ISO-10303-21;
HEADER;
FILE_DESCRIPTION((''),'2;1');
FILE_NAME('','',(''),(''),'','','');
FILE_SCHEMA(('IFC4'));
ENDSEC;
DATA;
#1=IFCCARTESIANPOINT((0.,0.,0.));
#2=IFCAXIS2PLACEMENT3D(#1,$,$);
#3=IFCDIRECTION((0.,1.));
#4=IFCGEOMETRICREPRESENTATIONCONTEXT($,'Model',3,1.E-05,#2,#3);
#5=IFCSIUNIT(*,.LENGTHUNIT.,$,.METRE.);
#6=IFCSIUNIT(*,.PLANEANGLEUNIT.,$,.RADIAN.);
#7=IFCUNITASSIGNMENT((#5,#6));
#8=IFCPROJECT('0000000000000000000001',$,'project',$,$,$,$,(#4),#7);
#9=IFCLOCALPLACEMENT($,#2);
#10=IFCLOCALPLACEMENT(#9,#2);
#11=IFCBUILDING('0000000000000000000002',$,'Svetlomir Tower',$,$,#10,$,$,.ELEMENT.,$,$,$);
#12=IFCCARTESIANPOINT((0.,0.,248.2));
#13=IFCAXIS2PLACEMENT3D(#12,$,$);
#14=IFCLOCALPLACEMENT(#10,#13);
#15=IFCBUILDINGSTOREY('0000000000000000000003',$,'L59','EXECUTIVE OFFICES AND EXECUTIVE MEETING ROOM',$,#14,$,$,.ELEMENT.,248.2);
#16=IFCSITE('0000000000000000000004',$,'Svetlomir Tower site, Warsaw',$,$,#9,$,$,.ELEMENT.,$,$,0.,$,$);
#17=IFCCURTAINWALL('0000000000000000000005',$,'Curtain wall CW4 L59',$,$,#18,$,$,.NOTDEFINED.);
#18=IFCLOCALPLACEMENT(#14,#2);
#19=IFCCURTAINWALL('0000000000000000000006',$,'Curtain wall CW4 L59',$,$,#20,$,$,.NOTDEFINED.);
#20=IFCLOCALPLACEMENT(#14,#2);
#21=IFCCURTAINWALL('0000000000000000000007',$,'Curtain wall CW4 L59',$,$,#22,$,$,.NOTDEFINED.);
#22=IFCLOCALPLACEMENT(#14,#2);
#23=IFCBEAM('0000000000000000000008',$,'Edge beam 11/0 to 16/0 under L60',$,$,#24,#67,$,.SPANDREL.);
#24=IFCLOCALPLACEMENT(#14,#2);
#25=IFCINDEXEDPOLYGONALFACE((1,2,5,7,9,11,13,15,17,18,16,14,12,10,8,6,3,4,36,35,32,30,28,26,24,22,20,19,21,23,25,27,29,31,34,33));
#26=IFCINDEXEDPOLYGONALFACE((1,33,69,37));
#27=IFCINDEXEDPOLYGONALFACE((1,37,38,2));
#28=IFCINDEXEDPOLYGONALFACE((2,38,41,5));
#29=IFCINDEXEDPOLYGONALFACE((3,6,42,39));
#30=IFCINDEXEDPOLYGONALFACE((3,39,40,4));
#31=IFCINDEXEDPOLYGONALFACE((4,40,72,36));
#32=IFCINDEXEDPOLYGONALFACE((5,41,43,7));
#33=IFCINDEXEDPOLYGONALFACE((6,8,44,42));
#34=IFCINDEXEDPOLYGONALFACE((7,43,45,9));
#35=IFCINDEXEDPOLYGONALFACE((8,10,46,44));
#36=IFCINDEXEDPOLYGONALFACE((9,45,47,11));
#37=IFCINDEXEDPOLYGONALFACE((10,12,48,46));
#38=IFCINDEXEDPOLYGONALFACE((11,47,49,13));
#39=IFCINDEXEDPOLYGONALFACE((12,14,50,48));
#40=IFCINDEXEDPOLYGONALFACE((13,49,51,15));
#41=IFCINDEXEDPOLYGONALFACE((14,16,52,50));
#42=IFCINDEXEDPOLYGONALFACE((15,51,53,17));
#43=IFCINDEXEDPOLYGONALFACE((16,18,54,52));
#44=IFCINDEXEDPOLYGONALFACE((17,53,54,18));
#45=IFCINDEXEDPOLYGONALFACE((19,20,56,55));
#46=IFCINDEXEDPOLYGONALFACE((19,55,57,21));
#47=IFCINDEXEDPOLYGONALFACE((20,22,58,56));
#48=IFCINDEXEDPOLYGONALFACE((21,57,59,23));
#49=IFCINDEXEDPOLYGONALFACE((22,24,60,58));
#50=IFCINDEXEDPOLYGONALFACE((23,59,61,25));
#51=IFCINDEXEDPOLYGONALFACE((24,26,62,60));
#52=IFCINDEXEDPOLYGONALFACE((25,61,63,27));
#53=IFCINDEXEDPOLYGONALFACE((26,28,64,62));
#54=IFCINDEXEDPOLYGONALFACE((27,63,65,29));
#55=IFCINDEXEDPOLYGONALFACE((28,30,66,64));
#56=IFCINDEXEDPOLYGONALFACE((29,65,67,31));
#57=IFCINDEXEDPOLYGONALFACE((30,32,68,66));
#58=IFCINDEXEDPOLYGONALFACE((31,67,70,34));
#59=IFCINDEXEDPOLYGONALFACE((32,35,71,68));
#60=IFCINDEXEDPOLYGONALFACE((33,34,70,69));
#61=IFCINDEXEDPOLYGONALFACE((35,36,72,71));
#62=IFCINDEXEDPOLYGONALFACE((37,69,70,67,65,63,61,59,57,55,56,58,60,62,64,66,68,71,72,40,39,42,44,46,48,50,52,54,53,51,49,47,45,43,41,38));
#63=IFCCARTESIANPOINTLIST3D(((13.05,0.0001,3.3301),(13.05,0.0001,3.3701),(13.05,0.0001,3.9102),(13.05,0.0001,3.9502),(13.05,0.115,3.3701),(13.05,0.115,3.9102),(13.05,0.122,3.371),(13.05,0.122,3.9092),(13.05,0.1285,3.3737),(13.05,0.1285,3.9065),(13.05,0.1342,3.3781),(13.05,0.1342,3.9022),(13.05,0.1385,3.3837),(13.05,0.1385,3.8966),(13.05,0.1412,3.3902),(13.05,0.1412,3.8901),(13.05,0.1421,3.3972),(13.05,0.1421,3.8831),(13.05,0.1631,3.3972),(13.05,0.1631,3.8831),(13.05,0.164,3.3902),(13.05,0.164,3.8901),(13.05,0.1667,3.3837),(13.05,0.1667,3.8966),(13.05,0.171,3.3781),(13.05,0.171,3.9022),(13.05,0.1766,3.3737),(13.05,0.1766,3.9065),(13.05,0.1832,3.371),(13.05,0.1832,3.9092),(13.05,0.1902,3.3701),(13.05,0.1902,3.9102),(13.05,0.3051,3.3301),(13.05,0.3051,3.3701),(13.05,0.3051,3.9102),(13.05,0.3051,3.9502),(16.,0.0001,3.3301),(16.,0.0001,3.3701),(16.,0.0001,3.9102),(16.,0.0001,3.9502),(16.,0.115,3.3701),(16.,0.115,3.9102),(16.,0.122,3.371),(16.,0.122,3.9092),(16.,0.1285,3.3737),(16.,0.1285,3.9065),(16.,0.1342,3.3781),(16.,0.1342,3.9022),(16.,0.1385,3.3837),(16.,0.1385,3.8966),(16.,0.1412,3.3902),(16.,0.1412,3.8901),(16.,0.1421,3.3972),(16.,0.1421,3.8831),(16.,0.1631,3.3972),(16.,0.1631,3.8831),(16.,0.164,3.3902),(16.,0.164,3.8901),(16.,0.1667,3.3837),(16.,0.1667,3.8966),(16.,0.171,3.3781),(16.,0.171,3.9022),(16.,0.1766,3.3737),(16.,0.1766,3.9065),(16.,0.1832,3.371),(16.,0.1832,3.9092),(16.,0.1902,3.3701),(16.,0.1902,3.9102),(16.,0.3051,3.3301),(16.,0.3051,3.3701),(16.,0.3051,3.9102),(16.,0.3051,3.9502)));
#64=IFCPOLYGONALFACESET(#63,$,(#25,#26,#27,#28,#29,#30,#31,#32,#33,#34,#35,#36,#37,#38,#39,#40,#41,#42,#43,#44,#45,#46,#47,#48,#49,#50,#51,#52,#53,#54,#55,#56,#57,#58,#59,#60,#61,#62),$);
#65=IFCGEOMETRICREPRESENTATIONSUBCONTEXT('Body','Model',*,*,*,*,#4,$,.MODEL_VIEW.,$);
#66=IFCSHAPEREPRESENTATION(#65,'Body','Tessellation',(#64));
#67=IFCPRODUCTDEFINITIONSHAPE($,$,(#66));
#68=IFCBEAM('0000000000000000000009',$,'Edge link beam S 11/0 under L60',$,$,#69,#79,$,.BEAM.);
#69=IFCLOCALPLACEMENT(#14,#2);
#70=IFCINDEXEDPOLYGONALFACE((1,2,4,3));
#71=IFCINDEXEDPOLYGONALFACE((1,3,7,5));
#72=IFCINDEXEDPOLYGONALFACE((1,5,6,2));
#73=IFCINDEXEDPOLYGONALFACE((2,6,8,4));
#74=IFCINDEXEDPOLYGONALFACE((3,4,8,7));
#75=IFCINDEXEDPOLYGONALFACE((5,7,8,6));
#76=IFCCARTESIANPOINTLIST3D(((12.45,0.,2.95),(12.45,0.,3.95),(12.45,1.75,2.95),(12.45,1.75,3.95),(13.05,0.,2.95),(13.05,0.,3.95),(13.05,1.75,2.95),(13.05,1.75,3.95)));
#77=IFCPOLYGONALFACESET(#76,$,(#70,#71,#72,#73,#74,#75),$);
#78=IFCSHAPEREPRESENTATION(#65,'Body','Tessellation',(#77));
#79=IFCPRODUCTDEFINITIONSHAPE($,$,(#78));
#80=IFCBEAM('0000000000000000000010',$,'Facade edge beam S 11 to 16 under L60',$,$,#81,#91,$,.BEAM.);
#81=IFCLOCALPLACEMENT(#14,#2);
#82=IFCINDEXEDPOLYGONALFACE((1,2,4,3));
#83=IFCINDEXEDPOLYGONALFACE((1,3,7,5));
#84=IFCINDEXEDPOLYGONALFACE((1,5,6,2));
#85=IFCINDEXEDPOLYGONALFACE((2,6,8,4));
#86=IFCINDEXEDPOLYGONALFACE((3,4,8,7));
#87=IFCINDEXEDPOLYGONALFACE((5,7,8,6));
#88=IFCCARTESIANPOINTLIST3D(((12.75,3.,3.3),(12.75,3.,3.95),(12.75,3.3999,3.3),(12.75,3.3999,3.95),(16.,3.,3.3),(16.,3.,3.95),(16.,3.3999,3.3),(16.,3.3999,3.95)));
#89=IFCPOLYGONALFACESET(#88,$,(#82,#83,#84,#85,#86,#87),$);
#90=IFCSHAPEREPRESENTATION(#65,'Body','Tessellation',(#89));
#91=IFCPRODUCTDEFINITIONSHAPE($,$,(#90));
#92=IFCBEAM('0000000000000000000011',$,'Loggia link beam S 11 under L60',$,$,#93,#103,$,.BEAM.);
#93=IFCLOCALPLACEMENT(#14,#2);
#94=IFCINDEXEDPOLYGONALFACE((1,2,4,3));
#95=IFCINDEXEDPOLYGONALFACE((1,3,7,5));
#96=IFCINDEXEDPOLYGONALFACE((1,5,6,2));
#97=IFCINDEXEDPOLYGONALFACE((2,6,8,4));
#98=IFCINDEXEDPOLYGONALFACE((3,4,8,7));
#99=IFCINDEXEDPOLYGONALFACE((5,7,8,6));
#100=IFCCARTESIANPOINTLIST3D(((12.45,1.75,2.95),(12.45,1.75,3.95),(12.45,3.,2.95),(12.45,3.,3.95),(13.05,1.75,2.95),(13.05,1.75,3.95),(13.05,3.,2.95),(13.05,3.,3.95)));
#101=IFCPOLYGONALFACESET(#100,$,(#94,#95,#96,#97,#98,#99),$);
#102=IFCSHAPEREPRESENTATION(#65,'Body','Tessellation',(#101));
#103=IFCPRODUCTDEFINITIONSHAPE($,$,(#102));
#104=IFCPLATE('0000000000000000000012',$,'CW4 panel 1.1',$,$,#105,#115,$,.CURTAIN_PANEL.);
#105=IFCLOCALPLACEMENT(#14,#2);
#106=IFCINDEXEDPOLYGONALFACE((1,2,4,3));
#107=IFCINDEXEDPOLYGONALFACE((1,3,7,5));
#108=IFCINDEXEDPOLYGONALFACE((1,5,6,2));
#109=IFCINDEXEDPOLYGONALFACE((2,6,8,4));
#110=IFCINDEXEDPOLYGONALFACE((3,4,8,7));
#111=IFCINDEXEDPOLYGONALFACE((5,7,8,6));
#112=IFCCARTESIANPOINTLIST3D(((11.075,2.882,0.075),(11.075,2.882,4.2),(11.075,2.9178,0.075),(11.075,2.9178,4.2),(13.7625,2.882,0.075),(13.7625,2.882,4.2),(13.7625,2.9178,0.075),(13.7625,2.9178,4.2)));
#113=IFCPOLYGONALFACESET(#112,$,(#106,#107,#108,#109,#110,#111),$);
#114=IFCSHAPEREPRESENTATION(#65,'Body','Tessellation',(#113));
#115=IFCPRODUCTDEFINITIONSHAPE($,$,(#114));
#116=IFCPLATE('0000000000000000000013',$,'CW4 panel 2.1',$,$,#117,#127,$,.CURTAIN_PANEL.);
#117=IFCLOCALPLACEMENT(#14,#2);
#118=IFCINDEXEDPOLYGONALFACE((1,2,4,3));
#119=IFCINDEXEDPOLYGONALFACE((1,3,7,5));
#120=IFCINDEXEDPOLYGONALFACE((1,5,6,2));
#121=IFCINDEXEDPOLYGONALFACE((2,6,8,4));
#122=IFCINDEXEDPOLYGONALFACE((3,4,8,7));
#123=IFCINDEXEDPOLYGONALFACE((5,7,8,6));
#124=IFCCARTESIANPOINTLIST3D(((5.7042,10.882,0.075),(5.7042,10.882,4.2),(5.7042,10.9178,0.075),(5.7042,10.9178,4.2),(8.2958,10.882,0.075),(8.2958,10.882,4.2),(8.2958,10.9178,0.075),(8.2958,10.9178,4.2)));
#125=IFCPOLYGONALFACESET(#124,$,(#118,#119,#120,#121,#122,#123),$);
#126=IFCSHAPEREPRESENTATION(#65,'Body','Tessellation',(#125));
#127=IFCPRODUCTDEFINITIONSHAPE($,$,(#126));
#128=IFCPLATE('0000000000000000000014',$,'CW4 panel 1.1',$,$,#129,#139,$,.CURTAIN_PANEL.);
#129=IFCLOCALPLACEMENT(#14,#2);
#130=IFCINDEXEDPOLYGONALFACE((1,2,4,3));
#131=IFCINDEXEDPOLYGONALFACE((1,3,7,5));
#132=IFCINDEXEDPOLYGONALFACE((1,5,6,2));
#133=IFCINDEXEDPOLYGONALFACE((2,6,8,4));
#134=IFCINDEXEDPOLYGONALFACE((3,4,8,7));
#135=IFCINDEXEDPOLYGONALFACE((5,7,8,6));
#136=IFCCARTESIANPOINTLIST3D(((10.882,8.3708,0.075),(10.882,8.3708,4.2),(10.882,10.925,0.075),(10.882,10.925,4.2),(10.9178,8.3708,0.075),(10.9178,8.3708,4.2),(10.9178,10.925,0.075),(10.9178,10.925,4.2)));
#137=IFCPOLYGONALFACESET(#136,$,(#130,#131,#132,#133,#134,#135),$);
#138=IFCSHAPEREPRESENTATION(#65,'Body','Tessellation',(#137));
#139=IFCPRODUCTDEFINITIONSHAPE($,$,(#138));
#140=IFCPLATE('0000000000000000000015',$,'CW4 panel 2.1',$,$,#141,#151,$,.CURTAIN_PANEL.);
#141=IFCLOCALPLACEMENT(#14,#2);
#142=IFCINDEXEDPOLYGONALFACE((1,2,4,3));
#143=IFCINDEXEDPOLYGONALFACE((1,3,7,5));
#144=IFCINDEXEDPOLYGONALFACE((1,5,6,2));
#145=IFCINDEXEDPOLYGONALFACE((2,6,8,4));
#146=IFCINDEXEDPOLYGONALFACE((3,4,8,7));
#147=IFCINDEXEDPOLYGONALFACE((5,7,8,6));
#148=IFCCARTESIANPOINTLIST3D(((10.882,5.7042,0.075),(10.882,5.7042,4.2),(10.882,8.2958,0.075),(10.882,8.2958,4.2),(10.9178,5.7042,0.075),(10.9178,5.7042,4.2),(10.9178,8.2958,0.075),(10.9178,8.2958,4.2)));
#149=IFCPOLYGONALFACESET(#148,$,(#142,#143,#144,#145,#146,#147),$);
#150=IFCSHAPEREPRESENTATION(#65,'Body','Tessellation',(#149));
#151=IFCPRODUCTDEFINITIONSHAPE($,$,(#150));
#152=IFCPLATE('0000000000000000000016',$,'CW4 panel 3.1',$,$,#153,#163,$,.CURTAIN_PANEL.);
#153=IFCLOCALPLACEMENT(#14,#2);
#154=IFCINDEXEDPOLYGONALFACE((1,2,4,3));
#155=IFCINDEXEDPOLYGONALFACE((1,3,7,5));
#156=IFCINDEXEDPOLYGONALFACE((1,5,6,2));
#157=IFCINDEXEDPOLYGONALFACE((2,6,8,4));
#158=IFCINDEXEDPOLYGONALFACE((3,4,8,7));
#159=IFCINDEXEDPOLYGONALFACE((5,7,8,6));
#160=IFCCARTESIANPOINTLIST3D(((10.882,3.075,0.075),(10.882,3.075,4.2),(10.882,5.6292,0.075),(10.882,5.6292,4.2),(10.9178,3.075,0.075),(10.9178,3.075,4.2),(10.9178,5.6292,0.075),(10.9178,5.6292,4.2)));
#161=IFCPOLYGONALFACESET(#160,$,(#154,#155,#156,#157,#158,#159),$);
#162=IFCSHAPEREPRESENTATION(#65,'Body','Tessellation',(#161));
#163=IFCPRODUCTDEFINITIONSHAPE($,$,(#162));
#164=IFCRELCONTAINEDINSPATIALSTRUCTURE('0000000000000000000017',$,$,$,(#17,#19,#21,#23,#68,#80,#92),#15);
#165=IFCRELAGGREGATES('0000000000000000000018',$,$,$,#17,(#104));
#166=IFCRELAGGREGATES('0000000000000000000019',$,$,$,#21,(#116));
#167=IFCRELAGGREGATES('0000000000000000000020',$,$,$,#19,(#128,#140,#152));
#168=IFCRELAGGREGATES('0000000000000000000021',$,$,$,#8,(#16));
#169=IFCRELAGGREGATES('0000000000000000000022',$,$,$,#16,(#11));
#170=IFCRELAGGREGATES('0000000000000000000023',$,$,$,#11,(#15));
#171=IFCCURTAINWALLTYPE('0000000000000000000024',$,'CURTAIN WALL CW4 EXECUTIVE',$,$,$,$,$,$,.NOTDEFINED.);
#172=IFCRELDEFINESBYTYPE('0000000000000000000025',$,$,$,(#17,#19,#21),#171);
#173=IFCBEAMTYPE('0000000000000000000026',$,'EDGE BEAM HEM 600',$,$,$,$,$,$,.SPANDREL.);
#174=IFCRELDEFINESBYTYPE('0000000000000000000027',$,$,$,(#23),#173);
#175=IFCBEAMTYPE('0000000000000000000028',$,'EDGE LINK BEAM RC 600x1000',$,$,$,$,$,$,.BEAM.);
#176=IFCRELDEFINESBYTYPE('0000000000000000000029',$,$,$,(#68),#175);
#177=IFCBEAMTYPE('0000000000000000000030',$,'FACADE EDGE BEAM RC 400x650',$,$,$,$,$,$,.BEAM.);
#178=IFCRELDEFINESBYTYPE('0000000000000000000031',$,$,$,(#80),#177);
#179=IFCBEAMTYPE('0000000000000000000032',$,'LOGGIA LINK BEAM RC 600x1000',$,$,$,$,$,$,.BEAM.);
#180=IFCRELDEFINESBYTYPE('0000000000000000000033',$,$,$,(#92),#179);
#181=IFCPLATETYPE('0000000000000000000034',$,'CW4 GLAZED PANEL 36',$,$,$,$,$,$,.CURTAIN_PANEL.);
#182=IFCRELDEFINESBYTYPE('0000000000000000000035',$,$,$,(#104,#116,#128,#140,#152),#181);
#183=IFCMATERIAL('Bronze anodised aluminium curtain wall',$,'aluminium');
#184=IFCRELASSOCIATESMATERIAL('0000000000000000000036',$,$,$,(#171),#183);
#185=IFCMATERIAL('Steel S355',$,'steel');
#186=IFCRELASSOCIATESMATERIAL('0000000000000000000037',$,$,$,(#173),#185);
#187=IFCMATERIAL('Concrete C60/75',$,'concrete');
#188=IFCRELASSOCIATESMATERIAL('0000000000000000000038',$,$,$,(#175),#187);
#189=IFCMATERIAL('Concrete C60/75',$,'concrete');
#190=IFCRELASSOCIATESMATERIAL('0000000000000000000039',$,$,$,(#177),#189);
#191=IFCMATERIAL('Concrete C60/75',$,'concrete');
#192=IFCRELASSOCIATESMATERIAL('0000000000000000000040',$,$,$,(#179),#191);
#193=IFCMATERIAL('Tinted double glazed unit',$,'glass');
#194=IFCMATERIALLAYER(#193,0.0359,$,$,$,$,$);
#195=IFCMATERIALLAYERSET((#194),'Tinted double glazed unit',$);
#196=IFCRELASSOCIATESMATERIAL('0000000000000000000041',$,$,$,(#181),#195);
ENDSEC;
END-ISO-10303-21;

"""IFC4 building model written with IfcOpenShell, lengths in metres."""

from ifc_helpers import new_model, si_unit, direction, frame, origin, origin_2d, place, context, subcontext, project, spatial, rectangle, i_section, extrude, material, layer, layer_set, material_profile, profile_set, type_object, element, aggregate, save


model = new_model("IFC4")

# Units and contexts
model_context = context("Model", 3, precision=1e-05, world=origin(), true_north=direction((0.0, 1.0)))
body_context = subcontext(model_context, "Body", "Model", "MODEL_VIEW")
ifc_project = project(units=[si_unit("LENGTHUNIT", "METRE"), si_unit("PLANEANGLEUNIT", "RADIAN")], contexts=[model_context])

# Site, building, storey
site_placement = place(None, origin())
site = spatial("IfcSite", under=ifc_project, at=site_placement, Name="Svetlomir Tower site, Warsaw", CompositionType="ELEMENT", RefElevation=0.0)
building_placement = place(site_placement, origin())
building = spatial("IfcBuilding", under=site, at=building_placement, Name="Svetlomir Tower", CompositionType="ELEMENT")
storey_placement = place(building_placement, frame((0.0, 0.0, 248.2)))
storey = spatial("IfcBuildingStorey", under=building, at=storey_placement, Name="L59", Description="EXECUTIVE OFFICES AND EXECUTIVE MEETING ROOM", CompositionType="ELEMENT", Elevation=248.2)

# Curtain walls
ifc_material_1 = material(Name="Bronze anodised aluminium curtain wall", Category="aluminium")
curtain_wall_type = type_object("IfcCurtainWallType", Name="CURTAIN WALL CW4 EXECUTIVE", PredefinedType="NOTDEFINED", material=ifc_material_1)
curtain_wall_1_placement = place(storey_placement, origin())
curtain_wall_1 = element("IfcCurtainWall", 1, at=curtain_wall_1_placement, inside=storey, type_object=curtain_wall_type, Name="Curtain wall CW4 L59", PredefinedType="NOTDEFINED")
curtain_wall_2_placement = place(storey_placement, origin())
curtain_wall_2 = element("IfcCurtainWall", 2, at=curtain_wall_2_placement, inside=storey, type_object=curtain_wall_type, Name="Curtain wall CW4 L59", PredefinedType="NOTDEFINED")

# Curtain wall
curtain_wall_3_placement = place(storey_placement, origin())
curtain_wall_3 = element("IfcCurtainWall", 3, at=curtain_wall_3_placement, inside=storey, type_object=curtain_wall_type, Name="Curtain wall CW4 L59", PredefinedType="NOTDEFINED")

# Beams
ifc_material_2 = material(Name="Steel S355", Category="steel")
ifc_material_profile_1 = material_profile(ifc_material_2, i_section(OverallWidth=0.3049, OverallDepth=0.6201, WebThickness=0.021, FlangeThickness=0.04, FilletRadius=0.0271, at=origin_2d()), Name="HEM 600")
ifc_profile_set_1 = profile_set([ifc_material_profile_1], Name="Steel S355")
beam_type_1 = type_object("IfcBeamType", Name="EDGE BEAM HEM 600", PredefinedType="SPANDREL", material=ifc_profile_set_1)
beam_1_placement = place(storey_placement, frame((13.05, 0.1526, 3.6401), z_axis=(1.0, 0.0, 0.0), x_axis=(0.0, 1.0, 0.0)))
element("IfcBeam", 4, at=beam_1_placement, inside=storey, type_object=beam_type_1, Name="Edge beam 11/0 to 16/0 under L60", PredefinedType="SPANDREL", context=body_context, shape_type="SweptSolid", body=[
    extrude(i_section(OverallWidth=0.3049, OverallDepth=0.6201, WebThickness=0.021, FlangeThickness=0.04, FilletRadius=0.0271, at=origin_2d()), origin(), (0.0, 0.0, 1.0), 2.95),
])
ifc_material_3 = material(Name="Concrete C60/75", Category="concrete")
ifc_material_profile_2 = material_profile(ifc_material_3, rectangle(XDim=0.6001, YDim=1.0, at=origin_2d()), Name="RC 600x1000")
ifc_profile_set_2 = profile_set([ifc_material_profile_2], Name="Concrete C60/75")
beam_type_2 = type_object("IfcBeamType", Name="EDGE LINK BEAM RC 600x1000", PredefinedType="BEAM", material=ifc_profile_set_2)
beam_2_placement = place(storey_placement, frame((12.75, 1.75, 3.45), z_axis=(0.0, -1.0, 0.0), x_axis=(1.0, 0.0, 0.0)))
element("IfcBeam", 5, at=beam_2_placement, inside=storey, type_object=beam_type_2, Name="Edge link beam S 11/0 under L60", PredefinedType="BEAM", context=body_context, shape_type="SweptSolid", body=[
    extrude(rectangle(XDim=0.6001, YDim=1.0, at=origin_2d()), origin(), (0.0, 0.0, 1.0), 1.75),
])
ifc_material_4 = material(Name="Concrete C60/75", Category="concrete")
ifc_material_profile_3 = material_profile(ifc_material_4, rectangle(XDim=0.3999, YDim=0.6499, at=origin_2d()), Name="RC 400x650")
ifc_profile_set_3 = profile_set([ifc_material_profile_3], Name="Concrete C60/75")
beam_type_3 = type_object("IfcBeamType", Name="FACADE EDGE BEAM RC 400x650", PredefinedType="BEAM", material=ifc_profile_set_3)
beam_3_placement = place(storey_placement, frame((12.75, 3.2, 3.625), z_axis=(1.0, 0.0, 0.0), x_axis=(0.0, 1.0, 0.0)))
element("IfcBeam", 6, at=beam_3_placement, inside=storey, type_object=beam_type_3, Name="Facade edge beam S 11 to 16 under L60", PredefinedType="BEAM", context=body_context, shape_type="SweptSolid", body=[
    extrude(rectangle(XDim=0.3999, YDim=0.6499, at=origin_2d()), origin(), (0.0, 0.0, 1.0), 3.25),
])
ifc_material_5 = material(Name="Concrete C60/75", Category="concrete")
ifc_material_profile_4 = material_profile(ifc_material_5, rectangle(XDim=0.6001, YDim=1.0, at=origin_2d()), Name="RC 600x1000")
ifc_profile_set_4 = profile_set([ifc_material_profile_4], Name="Concrete C60/75")
beam_type_4 = type_object("IfcBeamType", Name="LOGGIA LINK BEAM RC 600x1000", PredefinedType="BEAM", material=ifc_profile_set_4)
beam_4_placement = place(storey_placement, frame((12.75, 1.75, 3.45), z_axis=(0.0, 1.0, 0.0), x_axis=(-1.0, 0.0, 0.0)))
element("IfcBeam", 7, at=beam_4_placement, inside=storey, type_object=beam_type_4, Name="Loggia link beam S 11 under L60", PredefinedType="BEAM", context=body_context, shape_type="SweptSolid", body=[
    extrude(rectangle(XDim=0.6001, YDim=1.0, at=origin_2d()), origin(), (0.0, 0.0, 1.0), 1.25),
])

# Plates
ifc_material_6 = material(Name="Tinted double glazed unit", Category="glass")
ifc_layer_1 = layer(ifc_material_6, 0.0359)
ifc_layer_set_1 = layer_set([ifc_layer_1], Name="Tinted double glazed unit")
plate_type = type_object("IfcPlateType", Name="CW4 GLAZED PANEL 36", PredefinedType="CURTAIN_PANEL", material=ifc_layer_set_1)
plate_1_placement = place(storey_placement, frame((12.4187, 2.8999, 0.075), z_axis=(0.0, 0.0, 1.0), x_axis=(1.0, 0.0, 0.0)))
plate_1 = element("IfcPlate", 8, at=plate_1_placement, type_object=plate_type, Name="CW4 panel 1.1", PredefinedType="CURTAIN_PANEL", context=body_context, shape_type="SweptSolid", body=[
    extrude(rectangle(XDim=2.6875, YDim=0.0359, at=origin_2d()), origin(), (0.0, 0.0, 1.0), 4.125),
])
aggregate(curtain_wall_1, [plate_1])
plate_2_placement = place(storey_placement, frame((7.0, 10.8999, 0.075), z_axis=(0.0, 0.0, 1.0), x_axis=(1.0, 0.0, 0.0)))
plate_2 = element("IfcPlate", 9, at=plate_2_placement, type_object=plate_type, Name="CW4 panel 2.1", PredefinedType="CURTAIN_PANEL", context=body_context, shape_type="SweptSolid", body=[
    extrude(rectangle(XDim=2.5916, YDim=0.0359, at=origin_2d()), origin(), (0.0, 0.0, 1.0), 4.125),
])
aggregate(curtain_wall_3, [plate_2])
plate_3_placement = place(storey_placement, frame((10.8999, 9.6479, 0.075), z_axis=(0.0, 0.0, 1.0), x_axis=(0.0, -1.0, 0.0)))
plate_3 = element("IfcPlate", 10, at=plate_3_placement, type_object=plate_type, Name="CW4 panel 1.1", PredefinedType="CURTAIN_PANEL", context=body_context, shape_type="SweptSolid", body=[
    extrude(rectangle(XDim=2.5542, YDim=0.0359, at=origin_2d()), origin(), (0.0, 0.0, 1.0), 4.125),
])
plate_4_placement = place(storey_placement, frame((10.8999, 7.0, 0.075), z_axis=(0.0, 0.0, 1.0), x_axis=(0.0, -1.0, 0.0)))
plate_4 = element("IfcPlate", 11, at=plate_4_placement, type_object=plate_type, Name="CW4 panel 2.1", PredefinedType="CURTAIN_PANEL", context=body_context, shape_type="SweptSolid", body=[
    extrude(rectangle(XDim=2.5916, YDim=0.0359, at=origin_2d()), origin(), (0.0, 0.0, 1.0), 4.125),
])
plate_5_placement = place(storey_placement, frame((10.8999, 4.3521, 0.075), z_axis=(0.0, 0.0, 1.0), x_axis=(0.0, -1.0, 0.0)))
plate_5 = element("IfcPlate", 12, at=plate_5_placement, type_object=plate_type, Name="CW4 panel 3.1", PredefinedType="CURTAIN_PANEL", context=body_context, shape_type="SweptSolid", body=[
    extrude(rectangle(XDim=2.5542, YDim=0.0359, at=origin_2d()), origin(), (0.0, 0.0, 1.0), 4.125),
])
aggregate(curtain_wall_2, [plate_3, plate_4, plate_5])

save(model, "model.ifc")
